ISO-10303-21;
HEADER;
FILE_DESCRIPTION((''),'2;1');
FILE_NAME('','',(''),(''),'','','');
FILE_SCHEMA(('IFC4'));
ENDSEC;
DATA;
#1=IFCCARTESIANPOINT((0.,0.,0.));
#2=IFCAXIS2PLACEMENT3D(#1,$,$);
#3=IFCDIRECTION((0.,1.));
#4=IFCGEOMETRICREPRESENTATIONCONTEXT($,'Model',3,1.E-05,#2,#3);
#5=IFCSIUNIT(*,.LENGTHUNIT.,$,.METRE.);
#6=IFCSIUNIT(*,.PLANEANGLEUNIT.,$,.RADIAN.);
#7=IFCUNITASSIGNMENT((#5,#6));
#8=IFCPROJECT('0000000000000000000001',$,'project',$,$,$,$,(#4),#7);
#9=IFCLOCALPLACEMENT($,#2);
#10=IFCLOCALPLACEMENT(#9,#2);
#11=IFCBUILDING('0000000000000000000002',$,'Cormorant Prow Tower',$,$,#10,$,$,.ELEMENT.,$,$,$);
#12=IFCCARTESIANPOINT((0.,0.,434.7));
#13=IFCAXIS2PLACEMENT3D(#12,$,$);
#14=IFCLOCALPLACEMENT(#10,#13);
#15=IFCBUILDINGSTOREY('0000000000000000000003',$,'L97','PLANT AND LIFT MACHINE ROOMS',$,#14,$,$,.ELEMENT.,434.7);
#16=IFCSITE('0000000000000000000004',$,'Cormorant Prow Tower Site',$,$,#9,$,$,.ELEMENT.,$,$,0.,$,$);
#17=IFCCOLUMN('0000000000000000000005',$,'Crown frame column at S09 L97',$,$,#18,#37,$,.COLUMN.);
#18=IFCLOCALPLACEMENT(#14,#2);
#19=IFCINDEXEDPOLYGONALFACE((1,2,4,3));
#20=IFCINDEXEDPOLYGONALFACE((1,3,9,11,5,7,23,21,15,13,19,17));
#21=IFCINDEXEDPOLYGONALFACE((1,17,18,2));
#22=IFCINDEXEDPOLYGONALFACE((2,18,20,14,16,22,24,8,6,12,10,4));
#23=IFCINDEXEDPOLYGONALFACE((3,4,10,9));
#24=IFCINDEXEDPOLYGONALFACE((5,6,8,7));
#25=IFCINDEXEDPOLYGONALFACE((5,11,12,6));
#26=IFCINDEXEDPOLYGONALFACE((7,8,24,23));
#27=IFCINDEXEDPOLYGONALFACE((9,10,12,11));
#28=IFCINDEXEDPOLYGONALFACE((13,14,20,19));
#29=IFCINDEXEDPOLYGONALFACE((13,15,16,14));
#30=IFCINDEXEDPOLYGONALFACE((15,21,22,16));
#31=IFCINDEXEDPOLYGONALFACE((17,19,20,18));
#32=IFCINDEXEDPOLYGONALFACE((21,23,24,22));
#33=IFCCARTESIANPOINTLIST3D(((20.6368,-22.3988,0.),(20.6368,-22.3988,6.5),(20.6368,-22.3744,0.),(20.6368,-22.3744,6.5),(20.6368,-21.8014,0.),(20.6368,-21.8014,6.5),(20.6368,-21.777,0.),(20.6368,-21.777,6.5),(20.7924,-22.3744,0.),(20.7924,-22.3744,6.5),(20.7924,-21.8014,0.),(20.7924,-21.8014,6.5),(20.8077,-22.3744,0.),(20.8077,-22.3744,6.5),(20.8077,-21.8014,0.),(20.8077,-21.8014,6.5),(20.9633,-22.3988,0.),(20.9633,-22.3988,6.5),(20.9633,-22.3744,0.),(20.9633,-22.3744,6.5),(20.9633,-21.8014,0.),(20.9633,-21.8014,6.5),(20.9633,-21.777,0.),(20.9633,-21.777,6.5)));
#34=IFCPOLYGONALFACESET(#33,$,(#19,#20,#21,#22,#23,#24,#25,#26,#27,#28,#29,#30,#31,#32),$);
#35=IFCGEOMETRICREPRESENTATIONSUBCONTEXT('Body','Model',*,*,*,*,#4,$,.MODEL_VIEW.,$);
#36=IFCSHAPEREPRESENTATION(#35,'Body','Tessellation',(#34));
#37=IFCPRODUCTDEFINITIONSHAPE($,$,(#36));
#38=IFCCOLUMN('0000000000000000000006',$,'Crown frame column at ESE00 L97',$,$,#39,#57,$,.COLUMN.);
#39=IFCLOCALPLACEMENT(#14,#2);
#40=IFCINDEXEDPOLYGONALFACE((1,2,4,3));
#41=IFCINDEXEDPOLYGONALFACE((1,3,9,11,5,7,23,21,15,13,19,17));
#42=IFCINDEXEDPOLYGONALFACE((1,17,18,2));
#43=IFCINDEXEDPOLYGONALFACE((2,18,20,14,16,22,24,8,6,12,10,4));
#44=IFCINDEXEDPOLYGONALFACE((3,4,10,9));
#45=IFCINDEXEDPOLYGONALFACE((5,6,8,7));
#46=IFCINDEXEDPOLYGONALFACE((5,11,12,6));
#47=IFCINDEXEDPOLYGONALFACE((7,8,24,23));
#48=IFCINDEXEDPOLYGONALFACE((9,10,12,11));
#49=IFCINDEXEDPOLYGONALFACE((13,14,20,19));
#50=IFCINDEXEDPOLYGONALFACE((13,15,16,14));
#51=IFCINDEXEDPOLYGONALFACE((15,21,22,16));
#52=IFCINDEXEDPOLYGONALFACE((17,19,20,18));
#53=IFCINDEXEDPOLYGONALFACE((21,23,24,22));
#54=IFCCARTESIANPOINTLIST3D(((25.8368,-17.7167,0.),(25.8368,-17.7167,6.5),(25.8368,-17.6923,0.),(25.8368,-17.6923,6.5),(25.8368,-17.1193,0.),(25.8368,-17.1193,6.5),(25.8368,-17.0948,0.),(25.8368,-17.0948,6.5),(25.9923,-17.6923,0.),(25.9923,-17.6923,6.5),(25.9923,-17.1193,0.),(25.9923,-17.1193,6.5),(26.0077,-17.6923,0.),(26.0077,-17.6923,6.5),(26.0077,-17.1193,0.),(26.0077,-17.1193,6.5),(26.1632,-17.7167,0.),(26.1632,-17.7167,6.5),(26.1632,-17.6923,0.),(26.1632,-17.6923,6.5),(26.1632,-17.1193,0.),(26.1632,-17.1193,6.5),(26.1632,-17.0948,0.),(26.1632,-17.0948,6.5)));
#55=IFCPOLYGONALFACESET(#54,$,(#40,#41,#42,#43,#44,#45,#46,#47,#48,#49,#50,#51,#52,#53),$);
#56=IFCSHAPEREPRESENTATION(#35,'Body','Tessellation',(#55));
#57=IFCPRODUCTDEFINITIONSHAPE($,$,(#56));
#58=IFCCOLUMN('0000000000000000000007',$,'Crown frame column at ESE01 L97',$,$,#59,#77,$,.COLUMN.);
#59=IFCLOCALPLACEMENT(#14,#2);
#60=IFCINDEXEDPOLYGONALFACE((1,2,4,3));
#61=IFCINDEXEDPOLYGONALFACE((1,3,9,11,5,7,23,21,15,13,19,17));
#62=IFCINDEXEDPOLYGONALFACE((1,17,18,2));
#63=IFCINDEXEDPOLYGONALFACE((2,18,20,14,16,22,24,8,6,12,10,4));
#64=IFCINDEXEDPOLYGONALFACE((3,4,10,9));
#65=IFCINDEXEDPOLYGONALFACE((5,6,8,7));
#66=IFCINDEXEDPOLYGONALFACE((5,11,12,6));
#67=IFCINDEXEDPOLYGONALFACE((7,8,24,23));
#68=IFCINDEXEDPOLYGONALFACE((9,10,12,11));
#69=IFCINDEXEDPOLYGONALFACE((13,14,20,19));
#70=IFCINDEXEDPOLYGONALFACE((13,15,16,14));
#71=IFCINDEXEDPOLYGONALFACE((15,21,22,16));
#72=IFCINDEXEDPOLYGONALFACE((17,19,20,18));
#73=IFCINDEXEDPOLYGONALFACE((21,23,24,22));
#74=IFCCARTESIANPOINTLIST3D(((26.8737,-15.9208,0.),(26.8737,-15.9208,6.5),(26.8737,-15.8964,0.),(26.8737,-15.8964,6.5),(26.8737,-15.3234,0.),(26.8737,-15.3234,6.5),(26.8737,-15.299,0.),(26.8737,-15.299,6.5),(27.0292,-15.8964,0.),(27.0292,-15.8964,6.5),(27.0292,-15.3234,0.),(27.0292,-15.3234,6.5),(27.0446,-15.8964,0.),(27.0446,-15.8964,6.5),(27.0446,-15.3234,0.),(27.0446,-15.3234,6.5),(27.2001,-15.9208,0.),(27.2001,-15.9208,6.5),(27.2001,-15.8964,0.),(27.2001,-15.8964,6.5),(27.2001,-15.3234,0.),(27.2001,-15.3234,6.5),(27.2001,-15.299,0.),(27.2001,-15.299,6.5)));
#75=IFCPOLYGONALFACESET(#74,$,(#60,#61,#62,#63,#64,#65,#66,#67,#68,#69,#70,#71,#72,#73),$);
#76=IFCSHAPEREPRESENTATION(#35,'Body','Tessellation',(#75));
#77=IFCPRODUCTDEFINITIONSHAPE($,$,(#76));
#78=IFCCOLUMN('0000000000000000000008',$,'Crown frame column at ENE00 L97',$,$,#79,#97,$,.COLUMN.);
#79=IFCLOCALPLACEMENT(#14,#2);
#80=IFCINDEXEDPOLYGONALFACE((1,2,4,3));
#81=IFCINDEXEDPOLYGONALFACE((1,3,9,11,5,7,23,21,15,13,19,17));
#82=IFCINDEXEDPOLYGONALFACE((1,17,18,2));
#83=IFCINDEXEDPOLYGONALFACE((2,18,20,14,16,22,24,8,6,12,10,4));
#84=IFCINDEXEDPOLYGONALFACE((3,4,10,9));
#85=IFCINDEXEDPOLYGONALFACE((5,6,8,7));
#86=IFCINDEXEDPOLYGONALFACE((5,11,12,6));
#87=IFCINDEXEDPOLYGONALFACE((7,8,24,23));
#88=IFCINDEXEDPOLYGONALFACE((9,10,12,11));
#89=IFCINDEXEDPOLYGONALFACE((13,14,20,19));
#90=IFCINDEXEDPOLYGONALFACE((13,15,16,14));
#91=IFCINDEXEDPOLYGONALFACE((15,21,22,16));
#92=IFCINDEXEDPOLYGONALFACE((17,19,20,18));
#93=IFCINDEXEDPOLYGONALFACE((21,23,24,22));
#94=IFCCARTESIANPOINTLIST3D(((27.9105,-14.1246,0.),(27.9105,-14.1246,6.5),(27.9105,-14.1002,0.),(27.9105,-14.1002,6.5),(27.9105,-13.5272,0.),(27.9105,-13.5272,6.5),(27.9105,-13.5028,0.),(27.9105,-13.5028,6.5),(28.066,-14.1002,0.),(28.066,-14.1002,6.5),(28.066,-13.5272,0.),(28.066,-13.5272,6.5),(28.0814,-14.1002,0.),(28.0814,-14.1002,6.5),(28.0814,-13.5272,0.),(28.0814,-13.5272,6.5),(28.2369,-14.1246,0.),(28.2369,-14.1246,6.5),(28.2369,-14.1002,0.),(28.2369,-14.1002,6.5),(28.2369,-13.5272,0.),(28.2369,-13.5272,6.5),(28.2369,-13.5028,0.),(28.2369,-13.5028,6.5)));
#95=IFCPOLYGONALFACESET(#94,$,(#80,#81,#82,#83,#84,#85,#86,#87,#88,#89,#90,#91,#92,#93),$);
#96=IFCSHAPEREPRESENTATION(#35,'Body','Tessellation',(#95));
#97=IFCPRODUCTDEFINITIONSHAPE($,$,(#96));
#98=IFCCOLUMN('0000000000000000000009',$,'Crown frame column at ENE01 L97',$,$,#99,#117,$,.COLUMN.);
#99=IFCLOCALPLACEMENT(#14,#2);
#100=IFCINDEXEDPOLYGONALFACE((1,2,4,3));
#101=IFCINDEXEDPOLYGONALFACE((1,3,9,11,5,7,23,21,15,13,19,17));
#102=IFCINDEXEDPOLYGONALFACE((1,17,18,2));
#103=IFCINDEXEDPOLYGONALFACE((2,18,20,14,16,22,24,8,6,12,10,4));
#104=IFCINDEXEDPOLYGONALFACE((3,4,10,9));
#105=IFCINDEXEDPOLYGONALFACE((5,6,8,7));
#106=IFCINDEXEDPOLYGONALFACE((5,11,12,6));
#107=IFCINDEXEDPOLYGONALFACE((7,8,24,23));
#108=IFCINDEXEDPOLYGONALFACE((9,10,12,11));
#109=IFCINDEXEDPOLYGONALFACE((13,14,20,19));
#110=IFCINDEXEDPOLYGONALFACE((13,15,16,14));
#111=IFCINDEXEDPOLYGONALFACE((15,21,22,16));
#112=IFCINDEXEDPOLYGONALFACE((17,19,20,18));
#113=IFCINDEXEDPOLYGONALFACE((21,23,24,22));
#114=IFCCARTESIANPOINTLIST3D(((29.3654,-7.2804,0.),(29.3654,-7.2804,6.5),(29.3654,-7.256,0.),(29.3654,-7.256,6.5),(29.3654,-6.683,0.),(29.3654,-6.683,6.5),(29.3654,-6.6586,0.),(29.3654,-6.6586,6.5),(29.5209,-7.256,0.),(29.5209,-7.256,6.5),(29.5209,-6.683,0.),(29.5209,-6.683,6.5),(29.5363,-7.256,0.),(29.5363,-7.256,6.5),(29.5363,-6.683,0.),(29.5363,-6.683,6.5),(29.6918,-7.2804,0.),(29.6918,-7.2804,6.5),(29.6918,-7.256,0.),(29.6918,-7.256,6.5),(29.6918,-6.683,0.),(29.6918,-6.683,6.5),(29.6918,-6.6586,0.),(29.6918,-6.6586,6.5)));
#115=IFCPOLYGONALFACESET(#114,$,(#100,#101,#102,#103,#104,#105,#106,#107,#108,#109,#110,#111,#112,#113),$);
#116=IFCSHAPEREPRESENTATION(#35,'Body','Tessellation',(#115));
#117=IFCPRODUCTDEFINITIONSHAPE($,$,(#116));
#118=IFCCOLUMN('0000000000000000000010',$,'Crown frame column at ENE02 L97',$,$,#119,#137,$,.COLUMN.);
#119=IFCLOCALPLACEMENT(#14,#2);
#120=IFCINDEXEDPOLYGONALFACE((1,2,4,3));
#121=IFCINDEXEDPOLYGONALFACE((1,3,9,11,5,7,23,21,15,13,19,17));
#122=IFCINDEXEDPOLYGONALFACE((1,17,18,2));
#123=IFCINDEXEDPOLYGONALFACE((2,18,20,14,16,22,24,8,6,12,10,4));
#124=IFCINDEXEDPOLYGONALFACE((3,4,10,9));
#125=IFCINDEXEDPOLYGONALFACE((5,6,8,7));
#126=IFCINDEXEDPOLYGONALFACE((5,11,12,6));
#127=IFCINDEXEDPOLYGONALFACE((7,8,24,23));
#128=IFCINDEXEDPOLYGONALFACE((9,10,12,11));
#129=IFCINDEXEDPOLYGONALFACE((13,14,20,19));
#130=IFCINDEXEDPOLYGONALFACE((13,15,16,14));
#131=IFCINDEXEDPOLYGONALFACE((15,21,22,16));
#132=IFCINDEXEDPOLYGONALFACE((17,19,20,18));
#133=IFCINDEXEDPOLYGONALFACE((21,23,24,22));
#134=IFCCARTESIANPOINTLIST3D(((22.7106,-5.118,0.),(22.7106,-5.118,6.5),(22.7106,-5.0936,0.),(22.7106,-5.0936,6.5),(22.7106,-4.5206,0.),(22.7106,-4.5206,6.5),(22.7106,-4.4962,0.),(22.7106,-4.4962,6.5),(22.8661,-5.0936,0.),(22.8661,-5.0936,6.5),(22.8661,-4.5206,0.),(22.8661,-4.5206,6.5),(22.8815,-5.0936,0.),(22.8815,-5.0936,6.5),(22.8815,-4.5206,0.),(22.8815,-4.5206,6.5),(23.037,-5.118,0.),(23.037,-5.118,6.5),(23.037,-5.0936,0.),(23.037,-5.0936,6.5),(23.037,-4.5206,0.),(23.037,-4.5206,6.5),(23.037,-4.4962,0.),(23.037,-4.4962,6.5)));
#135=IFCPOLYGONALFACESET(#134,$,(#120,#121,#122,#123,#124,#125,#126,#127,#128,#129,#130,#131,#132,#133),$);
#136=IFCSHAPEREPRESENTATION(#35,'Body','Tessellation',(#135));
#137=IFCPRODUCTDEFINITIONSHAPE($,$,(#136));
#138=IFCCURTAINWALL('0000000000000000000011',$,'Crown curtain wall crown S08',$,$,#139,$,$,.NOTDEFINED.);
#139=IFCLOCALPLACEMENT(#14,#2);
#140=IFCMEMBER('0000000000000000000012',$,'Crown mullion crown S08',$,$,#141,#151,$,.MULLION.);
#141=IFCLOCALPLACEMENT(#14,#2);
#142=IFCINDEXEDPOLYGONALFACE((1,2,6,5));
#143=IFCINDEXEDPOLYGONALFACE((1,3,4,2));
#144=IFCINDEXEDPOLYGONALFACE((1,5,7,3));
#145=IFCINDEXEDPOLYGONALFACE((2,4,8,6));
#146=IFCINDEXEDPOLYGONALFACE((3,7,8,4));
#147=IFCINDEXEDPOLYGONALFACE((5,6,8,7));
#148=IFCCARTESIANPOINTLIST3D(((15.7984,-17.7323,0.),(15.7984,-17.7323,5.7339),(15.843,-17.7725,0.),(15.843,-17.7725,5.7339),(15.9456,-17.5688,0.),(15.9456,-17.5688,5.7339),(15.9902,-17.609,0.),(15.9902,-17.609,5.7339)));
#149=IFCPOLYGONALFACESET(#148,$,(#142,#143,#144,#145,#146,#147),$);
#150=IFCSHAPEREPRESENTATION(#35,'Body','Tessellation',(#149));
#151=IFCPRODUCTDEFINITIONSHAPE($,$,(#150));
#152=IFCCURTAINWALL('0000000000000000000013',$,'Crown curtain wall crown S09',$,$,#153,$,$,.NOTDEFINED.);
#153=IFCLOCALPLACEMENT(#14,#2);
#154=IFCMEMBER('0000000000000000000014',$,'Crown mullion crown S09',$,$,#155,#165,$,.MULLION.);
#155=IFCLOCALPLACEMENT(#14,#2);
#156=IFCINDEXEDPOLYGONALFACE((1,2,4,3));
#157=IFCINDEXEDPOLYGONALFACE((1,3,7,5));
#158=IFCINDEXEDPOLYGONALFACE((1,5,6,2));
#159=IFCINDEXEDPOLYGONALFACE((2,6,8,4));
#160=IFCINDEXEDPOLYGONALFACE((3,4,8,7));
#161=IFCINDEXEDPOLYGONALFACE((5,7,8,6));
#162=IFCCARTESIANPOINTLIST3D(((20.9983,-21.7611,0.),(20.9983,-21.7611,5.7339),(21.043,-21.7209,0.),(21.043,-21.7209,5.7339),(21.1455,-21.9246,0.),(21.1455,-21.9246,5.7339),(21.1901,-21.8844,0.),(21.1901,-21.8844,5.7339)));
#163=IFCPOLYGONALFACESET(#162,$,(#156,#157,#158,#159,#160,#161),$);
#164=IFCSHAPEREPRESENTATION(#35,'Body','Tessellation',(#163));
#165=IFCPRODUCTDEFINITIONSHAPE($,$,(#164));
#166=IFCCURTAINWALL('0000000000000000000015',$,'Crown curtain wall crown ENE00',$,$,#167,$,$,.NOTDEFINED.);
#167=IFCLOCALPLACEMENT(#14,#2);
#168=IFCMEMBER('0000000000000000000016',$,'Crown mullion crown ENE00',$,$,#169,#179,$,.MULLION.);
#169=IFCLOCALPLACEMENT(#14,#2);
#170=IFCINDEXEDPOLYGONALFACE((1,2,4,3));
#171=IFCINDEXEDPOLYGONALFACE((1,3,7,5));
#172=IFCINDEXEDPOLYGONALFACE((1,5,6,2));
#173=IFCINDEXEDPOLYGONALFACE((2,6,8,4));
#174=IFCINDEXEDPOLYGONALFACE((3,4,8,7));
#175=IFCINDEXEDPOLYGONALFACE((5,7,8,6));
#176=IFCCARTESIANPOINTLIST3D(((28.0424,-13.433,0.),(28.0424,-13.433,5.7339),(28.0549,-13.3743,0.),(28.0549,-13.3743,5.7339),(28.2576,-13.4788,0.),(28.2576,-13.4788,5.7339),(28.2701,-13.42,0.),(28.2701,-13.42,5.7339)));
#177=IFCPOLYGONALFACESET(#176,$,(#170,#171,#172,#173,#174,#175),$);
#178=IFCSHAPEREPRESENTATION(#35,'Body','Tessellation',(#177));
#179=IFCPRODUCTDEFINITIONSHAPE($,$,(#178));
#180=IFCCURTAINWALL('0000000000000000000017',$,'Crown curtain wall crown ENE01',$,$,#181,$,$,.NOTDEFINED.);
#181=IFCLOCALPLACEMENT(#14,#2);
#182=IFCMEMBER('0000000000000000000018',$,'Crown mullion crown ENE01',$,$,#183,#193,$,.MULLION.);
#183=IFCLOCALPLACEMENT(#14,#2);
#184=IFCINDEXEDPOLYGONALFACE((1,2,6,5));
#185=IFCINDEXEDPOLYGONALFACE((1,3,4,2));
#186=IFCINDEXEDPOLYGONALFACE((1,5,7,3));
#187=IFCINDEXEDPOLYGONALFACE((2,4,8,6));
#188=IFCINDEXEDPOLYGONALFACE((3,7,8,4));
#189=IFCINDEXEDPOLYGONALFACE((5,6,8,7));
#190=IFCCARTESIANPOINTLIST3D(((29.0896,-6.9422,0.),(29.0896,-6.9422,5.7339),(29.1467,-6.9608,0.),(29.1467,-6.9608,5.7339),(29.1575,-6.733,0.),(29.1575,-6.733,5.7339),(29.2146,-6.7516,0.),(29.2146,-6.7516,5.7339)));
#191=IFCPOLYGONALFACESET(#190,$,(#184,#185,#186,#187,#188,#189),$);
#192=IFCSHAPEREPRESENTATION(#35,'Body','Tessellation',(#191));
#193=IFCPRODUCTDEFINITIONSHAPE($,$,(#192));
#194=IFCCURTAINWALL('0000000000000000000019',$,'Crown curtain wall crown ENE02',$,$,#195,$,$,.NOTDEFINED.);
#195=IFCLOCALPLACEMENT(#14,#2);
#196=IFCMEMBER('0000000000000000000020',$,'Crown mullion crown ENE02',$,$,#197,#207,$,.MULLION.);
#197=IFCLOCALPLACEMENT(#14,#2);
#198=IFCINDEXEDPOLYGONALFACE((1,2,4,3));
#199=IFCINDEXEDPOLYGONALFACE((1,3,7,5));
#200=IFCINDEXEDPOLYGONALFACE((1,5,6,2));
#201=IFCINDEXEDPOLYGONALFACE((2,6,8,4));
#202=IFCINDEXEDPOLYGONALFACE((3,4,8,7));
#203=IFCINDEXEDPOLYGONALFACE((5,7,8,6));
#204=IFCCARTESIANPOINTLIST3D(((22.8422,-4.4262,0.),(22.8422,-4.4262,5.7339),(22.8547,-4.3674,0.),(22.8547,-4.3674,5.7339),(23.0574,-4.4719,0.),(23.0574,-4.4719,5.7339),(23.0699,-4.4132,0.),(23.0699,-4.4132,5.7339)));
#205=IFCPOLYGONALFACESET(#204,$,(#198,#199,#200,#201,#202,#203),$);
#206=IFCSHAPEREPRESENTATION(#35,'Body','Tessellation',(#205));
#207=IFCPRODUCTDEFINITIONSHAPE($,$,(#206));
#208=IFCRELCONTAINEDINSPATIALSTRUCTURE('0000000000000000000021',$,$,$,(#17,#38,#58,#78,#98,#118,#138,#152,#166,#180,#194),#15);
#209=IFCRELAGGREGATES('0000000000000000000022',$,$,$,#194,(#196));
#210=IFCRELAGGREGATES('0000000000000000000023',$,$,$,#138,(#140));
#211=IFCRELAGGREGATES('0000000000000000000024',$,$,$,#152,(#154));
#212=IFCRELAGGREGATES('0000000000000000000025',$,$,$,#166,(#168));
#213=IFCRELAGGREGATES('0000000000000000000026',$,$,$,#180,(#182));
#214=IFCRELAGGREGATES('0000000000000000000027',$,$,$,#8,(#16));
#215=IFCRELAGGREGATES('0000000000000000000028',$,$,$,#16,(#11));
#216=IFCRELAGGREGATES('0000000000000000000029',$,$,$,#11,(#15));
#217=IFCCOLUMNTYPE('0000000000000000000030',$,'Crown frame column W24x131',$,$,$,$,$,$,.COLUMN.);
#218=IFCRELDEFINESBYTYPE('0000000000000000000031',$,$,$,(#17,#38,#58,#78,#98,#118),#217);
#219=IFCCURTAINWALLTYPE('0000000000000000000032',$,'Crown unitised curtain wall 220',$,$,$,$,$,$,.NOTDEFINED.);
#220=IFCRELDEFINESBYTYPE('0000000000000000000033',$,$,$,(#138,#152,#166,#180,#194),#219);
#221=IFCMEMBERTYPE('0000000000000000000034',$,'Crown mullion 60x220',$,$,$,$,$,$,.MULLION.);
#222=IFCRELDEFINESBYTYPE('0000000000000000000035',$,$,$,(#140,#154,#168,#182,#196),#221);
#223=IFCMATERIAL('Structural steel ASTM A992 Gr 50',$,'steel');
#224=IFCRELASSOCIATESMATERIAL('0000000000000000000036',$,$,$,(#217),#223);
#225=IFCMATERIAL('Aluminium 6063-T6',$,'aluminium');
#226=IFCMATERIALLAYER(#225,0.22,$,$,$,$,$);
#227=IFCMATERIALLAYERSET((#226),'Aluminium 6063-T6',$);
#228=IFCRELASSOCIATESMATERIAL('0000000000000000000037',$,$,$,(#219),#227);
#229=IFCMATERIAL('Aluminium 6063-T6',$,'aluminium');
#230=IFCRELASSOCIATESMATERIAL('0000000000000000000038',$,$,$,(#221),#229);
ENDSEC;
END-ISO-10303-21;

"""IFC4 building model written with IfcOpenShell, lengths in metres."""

from ifc_helpers import new_model, si_unit, direction, frame, origin, origin_2d, place, context, subcontext, project, spatial, rectangle, i_section, extrude, material, layer, layer_set, material_profile, profile_set, type_object, element, aggregate, save


model = new_model("IFC4")

# Units and contexts
model_context = context("Model", 3, precision=1e-05, world=origin(), true_north=direction((0.0, 1.0)))
body_context = subcontext(model_context, "Body", "Model", "MODEL_VIEW")
ifc_project = project(units=[si_unit("LENGTHUNIT", "METRE"), si_unit("PLANEANGLEUNIT", "RADIAN")], contexts=[model_context])

# Site, building, storey
site_placement = place(None, origin())
site = spatial("IfcSite", under=ifc_project, at=site_placement, Name="Cormorant Prow Tower Site", CompositionType="ELEMENT", RefElevation=0.0)
building_placement = place(site_placement, origin())
building = spatial("IfcBuilding", under=site, at=building_placement, Name="Cormorant Prow Tower", CompositionType="ELEMENT")
storey_placement = place(building_placement, frame((0.0, 0.0, 434.7)))
storey = spatial("IfcBuildingStorey", under=building, at=storey_placement, Name="L97", Description="PLANT AND LIFT MACHINE ROOMS", CompositionType="ELEMENT", Elevation=434.7)

# Columns
ifc_material_1 = material(Name="Structural steel ASTM A992 Gr 50", Category="steel")
ifc_material_profile_1 = material_profile(ifc_material_1, i_section(OverallWidth=0.3264, OverallDepth=0.6218, WebThickness=0.0154, FlangeThickness=0.0244, at=origin_2d()), Name="W24x131")
ifc_profile_set_1 = profile_set([ifc_material_profile_1], Name="Structural steel ASTM A992 Gr 50")
column_type = type_object("IfcColumnType", Name="Crown frame column W24x131", PredefinedType="COLUMN", material=ifc_profile_set_1)
for number, where, z_axis, x_axis, name in (
    (1, (20.8, -22.0879, 0.0), (0.0, 0.0, 1.0), (1.0, 0.0, 0.0), "Crown frame column at S09 L97"),
    (2, (26.0, -17.4058, 0.0), (0.0, 0.0, 1.0), (1.0, 0.0, 0.0), "Crown frame column at ESE00 L97"),
    (3, (27.0369, -15.6099, 0.0), (0.0, 0.0, 1.0), (1.0, 0.0, 0.0), "Crown frame column at ESE01 L97"),
    (4, (28.0737, -13.8137, 0.0), (0.0, 0.0, 1.0), (1.0, 0.0, 0.0), "Crown frame column at ENE00 L97"),
    (5, (29.5286, -6.9695, 0.0), (0.0, 0.0, 1.0), (1.0, 0.0, 0.0), "Crown frame column at ENE01 L97"),
    (6, (22.8738, -4.8071, 0.0), (0.0, 0.0, 1.0), (1.0, 0.0, 0.0), "Crown frame column at ENE02 L97"),
):
    element("IfcColumn", number, at=place(storey_placement, frame(where, z_axis=z_axis, x_axis=x_axis)), inside=storey, type_object=column_type, Name=name, PredefinedType="COLUMN", context=body_context, shape_type="SweptSolid", body=[
        extrude(i_section(OverallWidth=0.3264, OverallDepth=0.6218, WebThickness=0.0154, FlangeThickness=0.0244, at=origin_2d()), origin(), (0.0, 0.0, 1.0), 6.5),
    ])

# Curtain walls, members
ifc_material_2 = material(Name="Aluminium 6063-T6", Category="aluminium")
ifc_layer_1 = layer(ifc_material_2, 0.22)
ifc_layer_set_1 = layer_set([ifc_layer_1], Name="Aluminium 6063-T6")
curtain_wall_type = type_object("IfcCurtainWallType", Name="Crown unitised curtain wall 220", PredefinedType="NOTDEFINED", material=ifc_layer_set_1)
curtain_wall_1_placement = place(storey_placement, origin())
curtain_wall_1 = element("IfcCurtainWall", 7, at=curtain_wall_1_placement, inside=storey, type_object=curtain_wall_type, Name="Crown curtain wall crown S08", PredefinedType="NOTDEFINED")
ifc_material_3 = material(Name="Aluminium 6063-T6", Category="aluminium")
ifc_material_profile_2 = material_profile(ifc_material_3, rectangle(XDim=0.22, YDim=0.0601, at=origin_2d()), Name="Crown mullion 60x220")
ifc_profile_set_2 = profile_set([ifc_material_profile_2], Name="Aluminium 6063-T6")
member_type_1 = type_object("IfcMemberType", Name="Crown mullion 60x220", PredefinedType="MULLION", material=ifc_profile_set_2)
member_1_placement = place(storey_placement, frame((15.8943, -17.6707, 0.0), z_axis=(0.0, 0.0, 1.0), x_axis=(0.669131, 0.743145, 0.0)))
member_1 = element("IfcMember", 8, at=member_1_placement, type_object=member_type_1, Name="Crown mullion crown S08", PredefinedType="MULLION", context=body_context, shape_type="SweptSolid", body=[
    extrude(rectangle(XDim=0.22, YDim=0.0601, at=origin_2d()), origin(), (0.0, 0.0, 1.0), 5.7339),
])
curtain_wall_2_placement = place(storey_placement, origin())
curtain_wall_2 = element("IfcCurtainWall", 9, at=curtain_wall_2_placement, inside=storey, type_object=curtain_wall_type, Name="Crown curtain wall crown S09", PredefinedType="NOTDEFINED")
member_2_placement = place(storey_placement, frame((21.0942, -21.8228, 0.0), z_axis=(0.0, 0.0, 1.0), x_axis=(-0.669131, 0.743145, 0.0)))
member_2 = element("IfcMember", 10, at=member_2_placement, type_object=member_type_1, Name="Crown mullion crown S09", PredefinedType="MULLION", context=body_context, shape_type="SweptSolid", body=[
    extrude(rectangle(XDim=0.22, YDim=0.0601, at=origin_2d()), origin(), (0.0, 0.0, 1.0), 5.7339),
])
curtain_wall_3_placement = place(storey_placement, origin())
curtain_wall_3 = element("IfcCurtainWall", 11, at=curtain_wall_3_placement, inside=storey, type_object=curtain_wall_type, Name="Crown curtain wall crown ENE00", PredefinedType="NOTDEFINED")
member_3_placement = place(storey_placement, frame((28.1562, -13.4265, 0.0), z_axis=(0.0, 0.0, 1.0), x_axis=(-0.978148, 0.207912, 0.0)))
member_3 = element("IfcMember", 12, at=member_3_placement, type_object=member_type_1, Name="Crown mullion crown ENE00", PredefinedType="MULLION", context=body_context, shape_type="SweptSolid", body=[
    extrude(rectangle(XDim=0.22, YDim=0.0601, at=origin_2d()), origin(), (0.0, 0.0, 1.0), 5.7339),
])
curtain_wall_4_placement = place(storey_placement, origin())
curtain_wall_4 = element("IfcCurtainWall", 13, at=curtain_wall_4_placement, inside=storey, type_object=curtain_wall_type, Name="Crown curtain wall crown ENE01", PredefinedType="NOTDEFINED")
member_4_placement = place(storey_placement, frame((29.1521, -6.8469, 0.0), z_axis=(0.0, 0.0, 1.0), x_axis=(-0.309017, -0.951057, 0.0)))
member_4 = element("IfcMember", 14, at=member_4_placement, type_object=member_type_1, Name="Crown mullion crown ENE01", PredefinedType="MULLION", context=body_context, shape_type="SweptSolid", body=[
    extrude(rectangle(XDim=0.22, YDim=0.0601, at=origin_2d()), origin(), (0.0, 0.0, 1.0), 5.7339),
])
curtain_wall_5_placement = place(storey_placement, origin())
curtain_wall_5 = element("IfcCurtainWall", 15, at=curtain_wall_5_placement, inside=storey, type_object=curtain_wall_type, Name="Crown curtain wall crown ENE02", PredefinedType="NOTDEFINED")
member_5_placement = place(storey_placement, frame((22.9561, -4.4197, 0.0), z_axis=(0.0, 0.0, 1.0), x_axis=(-0.978148, 0.207912, 0.0)))
member_5 = element("IfcMember", 16, at=member_5_placement, type_object=member_type_1, Name="Crown mullion crown ENE02", PredefinedType="MULLION", context=body_context, shape_type="SweptSolid", body=[
    extrude(rectangle(XDim=0.22, YDim=0.0601, at=origin_2d()), origin(), (0.0, 0.0, 1.0), 5.7339),
])

aggregate(curtain_wall_5, [member_5])

aggregate(curtain_wall_1, [member_1])
aggregate(curtain_wall_2, [member_2])
aggregate(curtain_wall_3, [member_3])
aggregate(curtain_wall_4, [member_4])

save(model, "model.ifc")
